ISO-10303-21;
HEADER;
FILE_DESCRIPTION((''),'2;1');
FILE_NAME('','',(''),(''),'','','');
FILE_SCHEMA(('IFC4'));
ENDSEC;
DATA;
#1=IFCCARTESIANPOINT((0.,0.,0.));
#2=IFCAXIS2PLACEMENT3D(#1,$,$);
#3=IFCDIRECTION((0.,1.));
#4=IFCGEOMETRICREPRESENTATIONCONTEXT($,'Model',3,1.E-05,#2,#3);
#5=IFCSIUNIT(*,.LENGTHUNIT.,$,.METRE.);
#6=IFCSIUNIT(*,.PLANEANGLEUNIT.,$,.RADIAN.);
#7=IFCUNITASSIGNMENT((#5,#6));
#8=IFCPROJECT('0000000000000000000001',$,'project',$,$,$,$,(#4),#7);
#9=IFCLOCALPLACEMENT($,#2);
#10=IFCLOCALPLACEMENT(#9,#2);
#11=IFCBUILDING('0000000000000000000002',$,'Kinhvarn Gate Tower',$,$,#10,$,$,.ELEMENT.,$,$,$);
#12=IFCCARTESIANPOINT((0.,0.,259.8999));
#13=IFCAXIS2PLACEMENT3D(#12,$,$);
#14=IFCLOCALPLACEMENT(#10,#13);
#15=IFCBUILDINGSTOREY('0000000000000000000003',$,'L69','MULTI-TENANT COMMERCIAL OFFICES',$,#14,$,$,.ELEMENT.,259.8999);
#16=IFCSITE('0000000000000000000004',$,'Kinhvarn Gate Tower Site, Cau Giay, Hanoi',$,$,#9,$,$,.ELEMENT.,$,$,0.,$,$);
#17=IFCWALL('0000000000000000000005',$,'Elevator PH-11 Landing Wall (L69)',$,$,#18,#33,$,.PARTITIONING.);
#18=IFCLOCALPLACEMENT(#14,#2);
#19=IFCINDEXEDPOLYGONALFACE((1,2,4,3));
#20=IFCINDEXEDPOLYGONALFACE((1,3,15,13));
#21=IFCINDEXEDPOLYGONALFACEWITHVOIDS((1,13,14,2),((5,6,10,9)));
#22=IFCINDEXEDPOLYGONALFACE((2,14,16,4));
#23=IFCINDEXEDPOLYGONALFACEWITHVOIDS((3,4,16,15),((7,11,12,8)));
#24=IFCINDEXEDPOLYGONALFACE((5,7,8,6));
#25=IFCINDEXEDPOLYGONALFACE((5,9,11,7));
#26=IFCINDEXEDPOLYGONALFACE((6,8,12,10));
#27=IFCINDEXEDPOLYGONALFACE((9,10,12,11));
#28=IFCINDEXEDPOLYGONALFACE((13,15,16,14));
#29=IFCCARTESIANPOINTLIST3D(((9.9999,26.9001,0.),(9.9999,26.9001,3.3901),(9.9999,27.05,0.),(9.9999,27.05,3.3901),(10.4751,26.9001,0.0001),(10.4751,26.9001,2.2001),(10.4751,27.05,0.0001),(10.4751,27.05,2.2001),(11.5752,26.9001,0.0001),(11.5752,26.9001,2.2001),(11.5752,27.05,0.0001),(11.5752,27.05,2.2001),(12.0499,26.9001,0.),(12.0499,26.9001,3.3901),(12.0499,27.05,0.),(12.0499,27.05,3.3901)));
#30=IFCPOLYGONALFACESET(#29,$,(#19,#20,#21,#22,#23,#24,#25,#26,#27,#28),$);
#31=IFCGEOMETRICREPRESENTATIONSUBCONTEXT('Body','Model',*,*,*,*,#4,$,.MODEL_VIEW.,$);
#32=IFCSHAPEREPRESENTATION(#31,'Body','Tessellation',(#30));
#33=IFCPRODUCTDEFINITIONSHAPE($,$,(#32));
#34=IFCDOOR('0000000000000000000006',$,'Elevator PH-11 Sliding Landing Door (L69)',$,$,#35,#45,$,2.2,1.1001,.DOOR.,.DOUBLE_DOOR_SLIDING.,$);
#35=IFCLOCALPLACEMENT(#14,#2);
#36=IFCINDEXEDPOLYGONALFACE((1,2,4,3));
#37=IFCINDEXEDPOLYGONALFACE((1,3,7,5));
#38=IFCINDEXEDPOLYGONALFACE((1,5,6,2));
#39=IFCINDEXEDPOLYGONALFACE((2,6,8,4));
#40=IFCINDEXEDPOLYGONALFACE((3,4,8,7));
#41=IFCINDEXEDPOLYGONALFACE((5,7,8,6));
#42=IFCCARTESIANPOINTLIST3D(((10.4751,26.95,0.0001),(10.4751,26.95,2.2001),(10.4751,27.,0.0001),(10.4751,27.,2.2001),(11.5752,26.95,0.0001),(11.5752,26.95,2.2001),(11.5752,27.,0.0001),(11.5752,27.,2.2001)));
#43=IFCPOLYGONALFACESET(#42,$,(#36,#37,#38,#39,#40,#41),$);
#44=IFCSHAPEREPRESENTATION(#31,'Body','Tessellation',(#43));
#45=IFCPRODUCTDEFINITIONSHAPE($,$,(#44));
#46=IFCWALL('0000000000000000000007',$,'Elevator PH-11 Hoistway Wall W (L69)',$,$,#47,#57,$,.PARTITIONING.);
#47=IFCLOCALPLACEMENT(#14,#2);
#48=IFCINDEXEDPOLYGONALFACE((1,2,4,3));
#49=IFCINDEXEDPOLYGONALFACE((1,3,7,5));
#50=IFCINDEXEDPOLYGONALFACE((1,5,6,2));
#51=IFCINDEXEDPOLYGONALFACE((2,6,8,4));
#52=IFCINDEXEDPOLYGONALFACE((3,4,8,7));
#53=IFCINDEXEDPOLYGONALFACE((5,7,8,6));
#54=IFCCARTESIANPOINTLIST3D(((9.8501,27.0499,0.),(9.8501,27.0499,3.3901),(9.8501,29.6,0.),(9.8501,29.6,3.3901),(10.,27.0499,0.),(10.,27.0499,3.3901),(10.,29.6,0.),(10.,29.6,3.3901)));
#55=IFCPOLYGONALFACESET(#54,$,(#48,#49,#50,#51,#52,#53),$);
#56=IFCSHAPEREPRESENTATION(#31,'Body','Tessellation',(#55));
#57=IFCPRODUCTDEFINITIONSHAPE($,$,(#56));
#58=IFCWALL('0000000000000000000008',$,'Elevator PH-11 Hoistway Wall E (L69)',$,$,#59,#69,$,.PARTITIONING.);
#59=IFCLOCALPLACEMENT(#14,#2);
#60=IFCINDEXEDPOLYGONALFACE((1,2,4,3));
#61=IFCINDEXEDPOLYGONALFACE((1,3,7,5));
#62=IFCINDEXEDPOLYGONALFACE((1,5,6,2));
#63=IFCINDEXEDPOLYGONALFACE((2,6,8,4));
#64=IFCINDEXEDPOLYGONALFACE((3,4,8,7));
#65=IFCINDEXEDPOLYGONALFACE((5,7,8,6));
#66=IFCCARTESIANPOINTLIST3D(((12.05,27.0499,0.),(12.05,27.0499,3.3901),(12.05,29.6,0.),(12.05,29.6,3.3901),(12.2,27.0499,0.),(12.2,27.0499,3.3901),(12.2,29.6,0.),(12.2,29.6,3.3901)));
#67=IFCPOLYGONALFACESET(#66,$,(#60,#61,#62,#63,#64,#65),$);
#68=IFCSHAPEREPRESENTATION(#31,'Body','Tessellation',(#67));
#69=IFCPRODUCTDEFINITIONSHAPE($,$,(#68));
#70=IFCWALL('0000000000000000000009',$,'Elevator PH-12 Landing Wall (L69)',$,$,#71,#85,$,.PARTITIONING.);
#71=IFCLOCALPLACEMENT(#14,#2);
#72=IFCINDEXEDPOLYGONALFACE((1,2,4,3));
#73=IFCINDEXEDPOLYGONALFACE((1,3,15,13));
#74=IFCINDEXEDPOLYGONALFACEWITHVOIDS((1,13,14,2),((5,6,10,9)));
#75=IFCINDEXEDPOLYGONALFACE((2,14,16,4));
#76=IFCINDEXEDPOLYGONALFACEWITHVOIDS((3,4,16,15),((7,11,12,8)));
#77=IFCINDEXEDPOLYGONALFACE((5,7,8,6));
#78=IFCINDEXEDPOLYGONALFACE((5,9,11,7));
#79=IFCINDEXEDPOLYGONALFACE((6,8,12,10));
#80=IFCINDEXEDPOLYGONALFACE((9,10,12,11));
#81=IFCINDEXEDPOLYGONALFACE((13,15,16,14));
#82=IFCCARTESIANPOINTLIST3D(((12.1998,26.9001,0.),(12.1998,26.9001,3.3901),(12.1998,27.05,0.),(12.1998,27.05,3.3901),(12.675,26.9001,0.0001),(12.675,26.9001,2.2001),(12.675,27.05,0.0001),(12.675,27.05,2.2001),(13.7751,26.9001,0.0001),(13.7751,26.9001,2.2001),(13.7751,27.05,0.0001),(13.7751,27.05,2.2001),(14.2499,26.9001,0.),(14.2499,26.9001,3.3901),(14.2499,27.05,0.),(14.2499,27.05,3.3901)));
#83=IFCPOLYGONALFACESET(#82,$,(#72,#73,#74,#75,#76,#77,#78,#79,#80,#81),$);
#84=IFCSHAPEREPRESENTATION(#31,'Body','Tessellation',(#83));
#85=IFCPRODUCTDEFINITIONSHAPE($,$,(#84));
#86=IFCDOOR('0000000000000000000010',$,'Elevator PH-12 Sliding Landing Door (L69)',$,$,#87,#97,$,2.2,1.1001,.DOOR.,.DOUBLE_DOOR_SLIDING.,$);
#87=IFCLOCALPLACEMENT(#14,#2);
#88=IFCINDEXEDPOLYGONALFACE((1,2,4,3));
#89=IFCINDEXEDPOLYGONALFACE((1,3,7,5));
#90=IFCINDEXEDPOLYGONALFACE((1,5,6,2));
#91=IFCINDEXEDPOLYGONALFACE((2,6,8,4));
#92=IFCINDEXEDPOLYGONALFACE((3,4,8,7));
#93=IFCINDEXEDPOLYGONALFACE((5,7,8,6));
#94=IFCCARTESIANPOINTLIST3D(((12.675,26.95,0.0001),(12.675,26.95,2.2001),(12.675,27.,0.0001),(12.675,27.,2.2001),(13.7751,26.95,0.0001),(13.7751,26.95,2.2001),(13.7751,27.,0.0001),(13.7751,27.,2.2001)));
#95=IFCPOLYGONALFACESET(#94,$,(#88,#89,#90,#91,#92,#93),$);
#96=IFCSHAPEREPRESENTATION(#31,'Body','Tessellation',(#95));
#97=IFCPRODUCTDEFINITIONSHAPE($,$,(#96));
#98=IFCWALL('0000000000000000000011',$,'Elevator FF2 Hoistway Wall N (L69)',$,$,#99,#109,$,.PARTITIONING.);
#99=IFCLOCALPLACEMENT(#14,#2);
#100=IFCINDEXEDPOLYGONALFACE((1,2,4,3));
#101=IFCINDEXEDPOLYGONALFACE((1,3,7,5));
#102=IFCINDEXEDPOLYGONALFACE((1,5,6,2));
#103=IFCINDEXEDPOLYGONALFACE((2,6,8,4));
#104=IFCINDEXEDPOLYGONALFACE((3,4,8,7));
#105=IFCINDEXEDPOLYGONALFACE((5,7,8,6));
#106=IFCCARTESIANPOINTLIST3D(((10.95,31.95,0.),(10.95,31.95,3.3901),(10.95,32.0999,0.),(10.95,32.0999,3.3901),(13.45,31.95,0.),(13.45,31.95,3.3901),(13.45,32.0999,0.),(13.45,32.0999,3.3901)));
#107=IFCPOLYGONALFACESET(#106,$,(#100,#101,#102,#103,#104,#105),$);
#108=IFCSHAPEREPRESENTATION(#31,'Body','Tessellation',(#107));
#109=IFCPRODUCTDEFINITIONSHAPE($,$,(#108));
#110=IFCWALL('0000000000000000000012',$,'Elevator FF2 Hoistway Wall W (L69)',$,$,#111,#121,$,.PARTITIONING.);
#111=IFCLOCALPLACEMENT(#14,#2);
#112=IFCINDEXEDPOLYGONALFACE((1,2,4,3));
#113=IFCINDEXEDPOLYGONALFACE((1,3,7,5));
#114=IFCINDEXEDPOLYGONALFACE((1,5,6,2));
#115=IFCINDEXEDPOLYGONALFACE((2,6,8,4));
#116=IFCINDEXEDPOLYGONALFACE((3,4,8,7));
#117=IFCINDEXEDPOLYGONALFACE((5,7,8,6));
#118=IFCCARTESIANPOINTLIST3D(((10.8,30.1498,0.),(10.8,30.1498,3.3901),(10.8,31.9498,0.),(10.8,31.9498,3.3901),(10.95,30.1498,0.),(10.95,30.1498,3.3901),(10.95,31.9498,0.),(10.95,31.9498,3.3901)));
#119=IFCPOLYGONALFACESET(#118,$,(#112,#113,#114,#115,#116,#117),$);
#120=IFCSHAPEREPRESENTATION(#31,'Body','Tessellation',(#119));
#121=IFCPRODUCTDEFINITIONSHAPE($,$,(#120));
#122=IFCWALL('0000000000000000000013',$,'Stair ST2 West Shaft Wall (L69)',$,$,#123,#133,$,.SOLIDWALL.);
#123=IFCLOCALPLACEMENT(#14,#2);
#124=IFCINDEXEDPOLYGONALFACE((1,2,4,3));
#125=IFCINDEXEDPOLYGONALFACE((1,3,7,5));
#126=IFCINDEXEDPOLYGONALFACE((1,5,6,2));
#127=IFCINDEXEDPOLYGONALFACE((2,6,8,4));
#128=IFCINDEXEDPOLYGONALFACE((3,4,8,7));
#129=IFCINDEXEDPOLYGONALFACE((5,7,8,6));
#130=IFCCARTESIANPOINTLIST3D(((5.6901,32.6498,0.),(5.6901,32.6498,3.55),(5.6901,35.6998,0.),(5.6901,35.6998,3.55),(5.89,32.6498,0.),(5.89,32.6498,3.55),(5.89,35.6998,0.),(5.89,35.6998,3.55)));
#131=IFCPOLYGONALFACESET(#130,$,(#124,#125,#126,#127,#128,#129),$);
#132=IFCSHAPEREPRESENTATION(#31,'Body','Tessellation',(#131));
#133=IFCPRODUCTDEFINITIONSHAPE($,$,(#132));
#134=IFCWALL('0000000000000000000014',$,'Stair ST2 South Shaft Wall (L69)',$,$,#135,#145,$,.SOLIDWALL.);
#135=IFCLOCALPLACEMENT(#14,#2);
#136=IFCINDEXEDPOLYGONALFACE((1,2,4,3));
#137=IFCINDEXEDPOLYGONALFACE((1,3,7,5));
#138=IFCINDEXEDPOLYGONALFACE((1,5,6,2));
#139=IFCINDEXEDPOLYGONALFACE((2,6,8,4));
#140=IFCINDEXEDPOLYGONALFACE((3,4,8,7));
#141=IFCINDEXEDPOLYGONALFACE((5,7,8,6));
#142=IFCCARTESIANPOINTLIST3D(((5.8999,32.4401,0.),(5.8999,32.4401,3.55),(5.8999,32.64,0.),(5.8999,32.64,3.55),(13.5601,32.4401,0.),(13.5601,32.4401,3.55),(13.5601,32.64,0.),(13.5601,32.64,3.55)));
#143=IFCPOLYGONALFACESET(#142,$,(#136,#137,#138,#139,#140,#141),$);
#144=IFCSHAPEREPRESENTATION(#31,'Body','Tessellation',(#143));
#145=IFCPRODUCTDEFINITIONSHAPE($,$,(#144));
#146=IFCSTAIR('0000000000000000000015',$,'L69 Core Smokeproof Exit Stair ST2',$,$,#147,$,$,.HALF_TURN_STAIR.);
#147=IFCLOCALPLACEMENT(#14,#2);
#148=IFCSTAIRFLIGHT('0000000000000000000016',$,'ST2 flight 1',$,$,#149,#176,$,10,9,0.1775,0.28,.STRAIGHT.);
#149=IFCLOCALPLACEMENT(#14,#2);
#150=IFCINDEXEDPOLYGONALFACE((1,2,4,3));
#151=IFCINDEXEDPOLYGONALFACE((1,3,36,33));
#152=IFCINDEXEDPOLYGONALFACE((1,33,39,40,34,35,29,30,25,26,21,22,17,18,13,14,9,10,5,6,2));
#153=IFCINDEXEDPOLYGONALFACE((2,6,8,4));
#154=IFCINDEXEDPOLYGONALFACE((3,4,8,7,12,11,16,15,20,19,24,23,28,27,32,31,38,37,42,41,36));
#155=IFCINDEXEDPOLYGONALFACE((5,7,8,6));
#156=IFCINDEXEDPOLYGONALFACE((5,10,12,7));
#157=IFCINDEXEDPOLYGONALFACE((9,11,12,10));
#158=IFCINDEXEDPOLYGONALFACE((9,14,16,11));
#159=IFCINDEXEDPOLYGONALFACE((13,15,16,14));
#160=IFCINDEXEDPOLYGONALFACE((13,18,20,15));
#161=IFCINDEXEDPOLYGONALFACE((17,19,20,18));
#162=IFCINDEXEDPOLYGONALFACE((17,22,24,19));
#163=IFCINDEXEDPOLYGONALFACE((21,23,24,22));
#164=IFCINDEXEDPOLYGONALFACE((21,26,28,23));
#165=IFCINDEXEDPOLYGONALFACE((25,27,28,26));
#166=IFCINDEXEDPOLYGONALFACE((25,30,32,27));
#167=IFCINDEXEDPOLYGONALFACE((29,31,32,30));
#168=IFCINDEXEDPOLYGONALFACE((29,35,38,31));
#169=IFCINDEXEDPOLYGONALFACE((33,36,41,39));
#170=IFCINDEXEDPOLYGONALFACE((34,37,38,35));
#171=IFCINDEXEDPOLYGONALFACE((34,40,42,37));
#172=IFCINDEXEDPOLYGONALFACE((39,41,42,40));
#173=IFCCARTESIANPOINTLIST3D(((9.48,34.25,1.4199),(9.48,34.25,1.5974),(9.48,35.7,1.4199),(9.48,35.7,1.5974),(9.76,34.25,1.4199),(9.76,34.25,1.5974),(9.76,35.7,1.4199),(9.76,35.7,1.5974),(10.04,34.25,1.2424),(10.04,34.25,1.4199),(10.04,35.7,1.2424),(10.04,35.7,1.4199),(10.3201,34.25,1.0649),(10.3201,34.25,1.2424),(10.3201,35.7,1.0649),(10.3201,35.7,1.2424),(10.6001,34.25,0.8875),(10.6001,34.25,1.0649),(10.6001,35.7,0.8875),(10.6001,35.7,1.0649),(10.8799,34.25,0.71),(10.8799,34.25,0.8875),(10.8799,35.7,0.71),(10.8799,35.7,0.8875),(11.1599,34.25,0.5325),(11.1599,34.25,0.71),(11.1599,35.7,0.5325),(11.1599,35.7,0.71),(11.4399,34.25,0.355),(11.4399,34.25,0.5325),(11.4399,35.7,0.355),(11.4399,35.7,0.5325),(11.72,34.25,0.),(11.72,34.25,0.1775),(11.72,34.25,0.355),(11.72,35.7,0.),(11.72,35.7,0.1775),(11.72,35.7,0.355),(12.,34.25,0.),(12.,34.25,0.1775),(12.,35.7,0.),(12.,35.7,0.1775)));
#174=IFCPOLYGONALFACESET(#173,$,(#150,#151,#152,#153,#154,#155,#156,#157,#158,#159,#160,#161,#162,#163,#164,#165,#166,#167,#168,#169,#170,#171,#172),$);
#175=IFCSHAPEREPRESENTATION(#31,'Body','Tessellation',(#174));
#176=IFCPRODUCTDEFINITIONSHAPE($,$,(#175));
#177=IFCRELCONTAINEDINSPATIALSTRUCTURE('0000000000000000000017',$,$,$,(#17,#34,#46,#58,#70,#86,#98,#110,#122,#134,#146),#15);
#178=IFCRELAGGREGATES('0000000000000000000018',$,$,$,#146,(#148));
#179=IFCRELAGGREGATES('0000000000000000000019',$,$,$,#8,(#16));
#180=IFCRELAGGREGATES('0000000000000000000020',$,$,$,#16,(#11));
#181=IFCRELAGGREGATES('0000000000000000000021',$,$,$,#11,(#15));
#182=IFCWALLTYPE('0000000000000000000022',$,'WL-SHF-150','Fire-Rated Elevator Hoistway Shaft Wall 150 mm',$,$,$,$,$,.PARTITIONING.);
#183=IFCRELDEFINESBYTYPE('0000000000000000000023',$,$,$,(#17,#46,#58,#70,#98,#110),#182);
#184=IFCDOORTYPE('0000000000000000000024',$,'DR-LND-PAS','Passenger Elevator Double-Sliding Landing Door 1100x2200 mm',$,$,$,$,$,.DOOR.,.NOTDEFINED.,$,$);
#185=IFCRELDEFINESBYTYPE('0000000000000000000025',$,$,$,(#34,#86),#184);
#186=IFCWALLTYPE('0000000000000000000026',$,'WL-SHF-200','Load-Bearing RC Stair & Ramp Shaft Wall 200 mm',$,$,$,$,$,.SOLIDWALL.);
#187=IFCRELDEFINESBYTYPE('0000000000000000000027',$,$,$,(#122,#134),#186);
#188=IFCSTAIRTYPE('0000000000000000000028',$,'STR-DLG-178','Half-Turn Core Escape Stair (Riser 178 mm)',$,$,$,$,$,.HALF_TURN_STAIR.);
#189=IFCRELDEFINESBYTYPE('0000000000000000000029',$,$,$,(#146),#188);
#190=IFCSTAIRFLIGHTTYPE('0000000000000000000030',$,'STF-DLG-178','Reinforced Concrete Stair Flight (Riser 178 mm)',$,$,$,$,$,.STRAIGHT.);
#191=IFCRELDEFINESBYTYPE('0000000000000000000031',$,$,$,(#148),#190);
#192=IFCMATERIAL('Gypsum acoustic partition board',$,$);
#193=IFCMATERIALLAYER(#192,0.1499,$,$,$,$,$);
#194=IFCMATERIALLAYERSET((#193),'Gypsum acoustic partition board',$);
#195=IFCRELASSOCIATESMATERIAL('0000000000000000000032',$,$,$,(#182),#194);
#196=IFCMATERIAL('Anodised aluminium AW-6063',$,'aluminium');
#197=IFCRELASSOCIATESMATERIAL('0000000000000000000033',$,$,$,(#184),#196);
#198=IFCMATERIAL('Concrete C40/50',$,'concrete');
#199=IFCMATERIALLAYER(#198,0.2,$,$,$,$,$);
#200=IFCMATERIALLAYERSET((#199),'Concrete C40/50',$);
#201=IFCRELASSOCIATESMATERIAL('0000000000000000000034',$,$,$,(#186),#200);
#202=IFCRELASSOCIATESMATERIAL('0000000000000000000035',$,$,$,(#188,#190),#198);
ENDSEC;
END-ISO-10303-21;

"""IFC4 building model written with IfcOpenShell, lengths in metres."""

from ifc_helpers import new_model, si_unit, direction, frame, frame_2d, origin, place, context, subcontext, project, spatial, polyline, rectangle, outline, extrude, material, layer, layer_set, type_object, element, fill, aggregate, save


model = new_model("IFC4")

# Units and contexts
model_context = context("Model", 3, precision=1e-05, world=origin(), true_north=direction((0.0, 1.0)))
body_context = subcontext(model_context, "Body", "Model", "MODEL_VIEW")
ifc_project = project(units=[si_unit("LENGTHUNIT", "METRE"), si_unit("PLANEANGLEUNIT", "RADIAN")], contexts=[model_context])

# Site, building, storey
site_placement = place(None, origin())
site = spatial("IfcSite", under=ifc_project, at=site_placement, Name="Kinhvarn Gate Tower Site, Cau Giay, Hanoi", CompositionType="ELEMENT", RefElevation=0.0)
building_placement = place(site_placement, origin())
building = spatial("IfcBuilding", under=site, at=building_placement, Name="Kinhvarn Gate Tower", CompositionType="ELEMENT")
storey_placement = place(building_placement, frame((0.0, 0.0, 259.8999)))
storey = spatial("IfcBuildingStorey", under=building, at=storey_placement, Name="L69", Description="MULTI-TENANT COMMERCIAL OFFICES", CompositionType="ELEMENT", Elevation=259.8999)

# Shared definitions
ifc_material_1 = material(Name="Gypsum acoustic partition board")

# Shared definitions
ifc_material_2 = material(Name="Anodised aluminium AW-6063", Category="aluminium")

# Wall, opening, door
ifc_layer_1 = layer(ifc_material_1, 0.1499)
ifc_layer_set_1 = layer_set([ifc_layer_1], Name="Gypsum acoustic partition board")
wall_type_1 = type_object("IfcWallType", Name="WL-SHF-150", Description="Fire-Rated Elevator Hoistway Shaft Wall 150 mm", PredefinedType="PARTITIONING", material=ifc_layer_set_1)
door_type_1 = type_object("IfcDoorType", Name="DR-LND-PAS", Description="Passenger Elevator Double-Sliding Landing Door 1100x2200 mm", OperationType="NOTDEFINED", PredefinedType="DOOR", material=ifc_material_2)
wall_1_placement = place(storey_placement, frame((10.0, 26.9751, 0.0), z_axis=(0.0, 0.0, 1.0), x_axis=(1.0, 0.0, 0.0)))
wall_1 = element("IfcWall", 1, at=wall_1_placement, inside=storey, type_object=wall_type_1, Name="Elevator PH-11 Landing Wall (L69)", PredefinedType="PARTITIONING", context=body_context, shape_type="SweptSolid", body=[
    extrude(rectangle(XDim=2.05, YDim=0.1499, at=frame_2d((1.0249, 0.0))), origin(), (0.0, 0.0, 1.0), 3.3901),
])
opening_1_placement = place(wall_1_placement, frame((0.4751, 0.0, 0.0)))
opening_1 = element("IfcOpeningElement", 2, at=opening_1_placement, cuts=wall_1, PredefinedType="OPENING", context=body_context, shape_type="SweptSolid", body=[
    extrude(rectangle(XDim=1.1001, YDim=2.2, at=frame_2d((0.55, 1.1001))), frame((0.0, 0.085, 0.0), z_axis=(0.0, -1.0, 0.0), x_axis=(1.0, 0.0, 0.0)), (0.0, 0.0, 1.0), 0.1699),
])
door_1_placement = place(opening_1_placement, origin())
door_1 = element("IfcDoor", 3, at=door_1_placement, inside=storey, type_object=door_type_1, Name="Elevator PH-11 Sliding Landing Door (L69)", OperationType="DOUBLE_DOOR_SLIDING", OverallHeight=2.2, OverallWidth=1.1001, PredefinedType="DOOR", context=body_context, shape_type="SweptSolid", body=[
    extrude(rectangle(XDim=1.1001, YDim=2.2, at=frame_2d((0.55, 1.1001))), frame((0.0, 0.0249, 0.0), z_axis=(0.0, -1.0, 0.0), x_axis=(1.0, 0.0, 0.0)), (0.0, 0.0, 1.0), 0.05),
])
fill(opening_1, door_1)

# Walls
for number, where, z_axis, x_axis, name in (
    (4, (9.925, 27.05, 0.0), (0.0, 0.0, 1.0), (0.0, 1.0, 0.0), "Elevator PH-11 Hoistway Wall W (L69)"),
    (5, (12.125, 27.05, 0.0), (0.0, 0.0, 1.0), (0.0, 1.0, 0.0), "Elevator PH-11 Hoistway Wall E (L69)"),
):
    element("IfcWall", number, at=place(storey_placement, frame(where, z_axis=z_axis, x_axis=x_axis)), inside=storey, type_object=wall_type_1, Name=name, PredefinedType="PARTITIONING", context=body_context, shape_type="SweptSolid", body=[
        extrude(rectangle(XDim=2.55, YDim=0.1499, at=frame_2d((1.2749, 0.0))), origin(), (0.0, 0.0, 1.0), 3.3901),
    ])

# Wall, opening, door
wall_2_placement = place(storey_placement, frame((12.2, 26.9751, 0.0), z_axis=(0.0, 0.0, 1.0), x_axis=(1.0, 0.0, 0.0)))
wall_2 = element("IfcWall", 6, at=wall_2_placement, inside=storey, type_object=wall_type_1, Name="Elevator PH-12 Landing Wall (L69)", PredefinedType="PARTITIONING", context=body_context, shape_type="SweptSolid", body=[
    extrude(rectangle(XDim=2.05, YDim=0.1499, at=frame_2d((1.0249, 0.0))), origin(), (0.0, 0.0, 1.0), 3.3901),
])
opening_2_placement = place(wall_2_placement, frame((0.4751, 0.0, 0.0)))
opening_2 = element("IfcOpeningElement", 7, at=opening_2_placement, cuts=wall_2, PredefinedType="OPENING", context=body_context, shape_type="SweptSolid", body=[
    extrude(rectangle(XDim=1.1001, YDim=2.2, at=frame_2d((0.55, 1.1001))), frame((0.0, 0.085, 0.0), z_axis=(0.0, -1.0, 0.0), x_axis=(1.0, 0.0, 0.0)), (0.0, 0.0, 1.0), 0.1699),
])
door_2_placement = place(opening_2_placement, origin())
door_2 = element("IfcDoor", 8, at=door_2_placement, inside=storey, type_object=door_type_1, Name="Elevator PH-12 Sliding Landing Door (L69)", OperationType="DOUBLE_DOOR_SLIDING", OverallHeight=2.2, OverallWidth=1.1001, PredefinedType="DOOR", context=body_context, shape_type="SweptSolid", body=[
    extrude(rectangle(XDim=1.1001, YDim=2.2, at=frame_2d((0.55, 1.1001))), frame((0.0, 0.0249, 0.0), z_axis=(0.0, -1.0, 0.0), x_axis=(1.0, 0.0, 0.0)), (0.0, 0.0, 1.0), 0.05),
])
fill(opening_2, door_2)

# Walls
wall_3_placement = place(storey_placement, frame((10.95, 32.0249, 0.0), z_axis=(0.0, 0.0, 1.0), x_axis=(1.0, 0.0, 0.0)))
element("IfcWall", 9, at=wall_3_placement, inside=storey, type_object=wall_type_1, Name="Elevator FF2 Hoistway Wall N (L69)", PredefinedType="PARTITIONING", context=body_context, shape_type="SweptSolid", body=[
    extrude(rectangle(XDim=2.5, YDim=0.1499, at=frame_2d((1.25, 0.0))), origin(), (0.0, 0.0, 1.0), 3.3901),
])
wall_4_placement = place(storey_placement, frame((10.875, 30.1499, 0.0), z_axis=(0.0, 0.0, 1.0), x_axis=(0.0, 1.0, 0.0)))
element("IfcWall", 10, at=wall_4_placement, inside=storey, type_object=wall_type_1, Name="Elevator FF2 Hoistway Wall W (L69)", PredefinedType="PARTITIONING", context=body_context, shape_type="SweptSolid", body=[
    extrude(rectangle(XDim=1.8, YDim=0.1499, at=frame_2d((0.8999, 0.0))), origin(), (0.0, 0.0, 1.0), 3.3901),
])
ifc_material_3 = material(Name="Concrete C40/50", Category="concrete")
ifc_layer_2 = layer(ifc_material_3, 0.2)
ifc_layer_set_2 = layer_set([ifc_layer_2], Name="Concrete C40/50")
wall_type_2 = type_object("IfcWallType", Name="WL-SHF-200", Description="Load-Bearing RC Stair & Ramp Shaft Wall 200 mm", PredefinedType="SOLIDWALL", material=ifc_layer_set_2)
wall_5_placement = place(storey_placement, frame((5.79, 32.6499, 0.0), z_axis=(0.0, 0.0, 1.0), x_axis=(0.0, 1.0, 0.0)))
element("IfcWall", 11, at=wall_5_placement, inside=storey, type_object=wall_type_2, Name="Stair ST2 West Shaft Wall (L69)", PredefinedType="SOLIDWALL", context=body_context, shape_type="SweptSolid", body=[
    extrude(rectangle(XDim=3.05, YDim=0.2, at=frame_2d((1.5249, 0.0))), origin(), (0.0, 0.0, 1.0), 3.55),
])
wall_6_placement = place(storey_placement, frame((5.8999, 32.54, 0.0), z_axis=(0.0, 0.0, 1.0), x_axis=(1.0, 0.0, 0.0)))
element("IfcWall", 12, at=wall_6_placement, inside=storey, type_object=wall_type_2, Name="Stair ST2 South Shaft Wall (L69)", PredefinedType="SOLIDWALL", context=body_context, shape_type="SweptSolid", body=[
    extrude(rectangle(XDim=7.6602, YDim=0.2, at=frame_2d((3.8301, 0.0))), origin(), (0.0, 0.0, 1.0), 3.55),
])

# Stair, stair flight
stair_type = type_object("IfcStairType", Name="STR-DLG-178", Description="Half-Turn Core Escape Stair (Riser 178 mm)", PredefinedType="HALF_TURN_STAIR", material=ifc_material_3)
stair_placement = place(storey_placement, origin())
stair = element("IfcStair", 13, at=stair_placement, inside=storey, type_object=stair_type, Name="L69 Core Smokeproof Exit Stair ST2", PredefinedType="HALF_TURN_STAIR")
stair_flight_type = type_object("IfcStairFlightType", Name="STF-DLG-178", Description="Reinforced Concrete Stair Flight (Riser 178 mm)", PredefinedType="STRAIGHT", material=ifc_material_3)
stair_flight_1_placement = place(storey_placement, frame((12.0, 34.9751, 0.0), z_axis=(0.0, 0.0, 1.0), x_axis=(-1.0, 0.0, 0.0)))
stair_flight_1 = element("IfcStairFlight", 14, at=stair_flight_1_placement, type_object=stair_flight_type, Name="ST2 flight 1", NumberOfRisers=10, NumberOfTreads=9, PredefinedType="STRAIGHT", RiserHeight=0.1775, TreadLength=0.28, context=body_context, shape_type="SweptSolid", body=[
    extrude(outline(polyline([(0.0, 0.0), (0.0, 0.1775), (0.28, 0.1775), (0.28, 0.355), (0.5601, 0.355), (0.5601, 0.5325), (0.8401, 0.5325), (0.8401, 0.71), (1.1201, 0.71), (1.1201, 0.8875), (1.3999, 0.8875), (1.3999, 1.0649), (1.6799, 1.0649), (1.6799, 1.2424), (1.96, 1.2424), (1.96, 1.4199), (2.24, 1.4199), (2.24, 1.5974), (2.52, 1.5974), (2.52, 1.7749), (2.52, 1.4199), (0.28, 0.0), (0.0, 0.0)])), frame((0.0, 0.7251, 0.0), z_axis=(0.0, -1.0, 0.0), x_axis=(1.0, 0.0, 0.0)), (0.0, 0.0, 1.0), 1.45),
])
aggregate(stair, [stair_flight_1])

save(model, "model.ifc")
